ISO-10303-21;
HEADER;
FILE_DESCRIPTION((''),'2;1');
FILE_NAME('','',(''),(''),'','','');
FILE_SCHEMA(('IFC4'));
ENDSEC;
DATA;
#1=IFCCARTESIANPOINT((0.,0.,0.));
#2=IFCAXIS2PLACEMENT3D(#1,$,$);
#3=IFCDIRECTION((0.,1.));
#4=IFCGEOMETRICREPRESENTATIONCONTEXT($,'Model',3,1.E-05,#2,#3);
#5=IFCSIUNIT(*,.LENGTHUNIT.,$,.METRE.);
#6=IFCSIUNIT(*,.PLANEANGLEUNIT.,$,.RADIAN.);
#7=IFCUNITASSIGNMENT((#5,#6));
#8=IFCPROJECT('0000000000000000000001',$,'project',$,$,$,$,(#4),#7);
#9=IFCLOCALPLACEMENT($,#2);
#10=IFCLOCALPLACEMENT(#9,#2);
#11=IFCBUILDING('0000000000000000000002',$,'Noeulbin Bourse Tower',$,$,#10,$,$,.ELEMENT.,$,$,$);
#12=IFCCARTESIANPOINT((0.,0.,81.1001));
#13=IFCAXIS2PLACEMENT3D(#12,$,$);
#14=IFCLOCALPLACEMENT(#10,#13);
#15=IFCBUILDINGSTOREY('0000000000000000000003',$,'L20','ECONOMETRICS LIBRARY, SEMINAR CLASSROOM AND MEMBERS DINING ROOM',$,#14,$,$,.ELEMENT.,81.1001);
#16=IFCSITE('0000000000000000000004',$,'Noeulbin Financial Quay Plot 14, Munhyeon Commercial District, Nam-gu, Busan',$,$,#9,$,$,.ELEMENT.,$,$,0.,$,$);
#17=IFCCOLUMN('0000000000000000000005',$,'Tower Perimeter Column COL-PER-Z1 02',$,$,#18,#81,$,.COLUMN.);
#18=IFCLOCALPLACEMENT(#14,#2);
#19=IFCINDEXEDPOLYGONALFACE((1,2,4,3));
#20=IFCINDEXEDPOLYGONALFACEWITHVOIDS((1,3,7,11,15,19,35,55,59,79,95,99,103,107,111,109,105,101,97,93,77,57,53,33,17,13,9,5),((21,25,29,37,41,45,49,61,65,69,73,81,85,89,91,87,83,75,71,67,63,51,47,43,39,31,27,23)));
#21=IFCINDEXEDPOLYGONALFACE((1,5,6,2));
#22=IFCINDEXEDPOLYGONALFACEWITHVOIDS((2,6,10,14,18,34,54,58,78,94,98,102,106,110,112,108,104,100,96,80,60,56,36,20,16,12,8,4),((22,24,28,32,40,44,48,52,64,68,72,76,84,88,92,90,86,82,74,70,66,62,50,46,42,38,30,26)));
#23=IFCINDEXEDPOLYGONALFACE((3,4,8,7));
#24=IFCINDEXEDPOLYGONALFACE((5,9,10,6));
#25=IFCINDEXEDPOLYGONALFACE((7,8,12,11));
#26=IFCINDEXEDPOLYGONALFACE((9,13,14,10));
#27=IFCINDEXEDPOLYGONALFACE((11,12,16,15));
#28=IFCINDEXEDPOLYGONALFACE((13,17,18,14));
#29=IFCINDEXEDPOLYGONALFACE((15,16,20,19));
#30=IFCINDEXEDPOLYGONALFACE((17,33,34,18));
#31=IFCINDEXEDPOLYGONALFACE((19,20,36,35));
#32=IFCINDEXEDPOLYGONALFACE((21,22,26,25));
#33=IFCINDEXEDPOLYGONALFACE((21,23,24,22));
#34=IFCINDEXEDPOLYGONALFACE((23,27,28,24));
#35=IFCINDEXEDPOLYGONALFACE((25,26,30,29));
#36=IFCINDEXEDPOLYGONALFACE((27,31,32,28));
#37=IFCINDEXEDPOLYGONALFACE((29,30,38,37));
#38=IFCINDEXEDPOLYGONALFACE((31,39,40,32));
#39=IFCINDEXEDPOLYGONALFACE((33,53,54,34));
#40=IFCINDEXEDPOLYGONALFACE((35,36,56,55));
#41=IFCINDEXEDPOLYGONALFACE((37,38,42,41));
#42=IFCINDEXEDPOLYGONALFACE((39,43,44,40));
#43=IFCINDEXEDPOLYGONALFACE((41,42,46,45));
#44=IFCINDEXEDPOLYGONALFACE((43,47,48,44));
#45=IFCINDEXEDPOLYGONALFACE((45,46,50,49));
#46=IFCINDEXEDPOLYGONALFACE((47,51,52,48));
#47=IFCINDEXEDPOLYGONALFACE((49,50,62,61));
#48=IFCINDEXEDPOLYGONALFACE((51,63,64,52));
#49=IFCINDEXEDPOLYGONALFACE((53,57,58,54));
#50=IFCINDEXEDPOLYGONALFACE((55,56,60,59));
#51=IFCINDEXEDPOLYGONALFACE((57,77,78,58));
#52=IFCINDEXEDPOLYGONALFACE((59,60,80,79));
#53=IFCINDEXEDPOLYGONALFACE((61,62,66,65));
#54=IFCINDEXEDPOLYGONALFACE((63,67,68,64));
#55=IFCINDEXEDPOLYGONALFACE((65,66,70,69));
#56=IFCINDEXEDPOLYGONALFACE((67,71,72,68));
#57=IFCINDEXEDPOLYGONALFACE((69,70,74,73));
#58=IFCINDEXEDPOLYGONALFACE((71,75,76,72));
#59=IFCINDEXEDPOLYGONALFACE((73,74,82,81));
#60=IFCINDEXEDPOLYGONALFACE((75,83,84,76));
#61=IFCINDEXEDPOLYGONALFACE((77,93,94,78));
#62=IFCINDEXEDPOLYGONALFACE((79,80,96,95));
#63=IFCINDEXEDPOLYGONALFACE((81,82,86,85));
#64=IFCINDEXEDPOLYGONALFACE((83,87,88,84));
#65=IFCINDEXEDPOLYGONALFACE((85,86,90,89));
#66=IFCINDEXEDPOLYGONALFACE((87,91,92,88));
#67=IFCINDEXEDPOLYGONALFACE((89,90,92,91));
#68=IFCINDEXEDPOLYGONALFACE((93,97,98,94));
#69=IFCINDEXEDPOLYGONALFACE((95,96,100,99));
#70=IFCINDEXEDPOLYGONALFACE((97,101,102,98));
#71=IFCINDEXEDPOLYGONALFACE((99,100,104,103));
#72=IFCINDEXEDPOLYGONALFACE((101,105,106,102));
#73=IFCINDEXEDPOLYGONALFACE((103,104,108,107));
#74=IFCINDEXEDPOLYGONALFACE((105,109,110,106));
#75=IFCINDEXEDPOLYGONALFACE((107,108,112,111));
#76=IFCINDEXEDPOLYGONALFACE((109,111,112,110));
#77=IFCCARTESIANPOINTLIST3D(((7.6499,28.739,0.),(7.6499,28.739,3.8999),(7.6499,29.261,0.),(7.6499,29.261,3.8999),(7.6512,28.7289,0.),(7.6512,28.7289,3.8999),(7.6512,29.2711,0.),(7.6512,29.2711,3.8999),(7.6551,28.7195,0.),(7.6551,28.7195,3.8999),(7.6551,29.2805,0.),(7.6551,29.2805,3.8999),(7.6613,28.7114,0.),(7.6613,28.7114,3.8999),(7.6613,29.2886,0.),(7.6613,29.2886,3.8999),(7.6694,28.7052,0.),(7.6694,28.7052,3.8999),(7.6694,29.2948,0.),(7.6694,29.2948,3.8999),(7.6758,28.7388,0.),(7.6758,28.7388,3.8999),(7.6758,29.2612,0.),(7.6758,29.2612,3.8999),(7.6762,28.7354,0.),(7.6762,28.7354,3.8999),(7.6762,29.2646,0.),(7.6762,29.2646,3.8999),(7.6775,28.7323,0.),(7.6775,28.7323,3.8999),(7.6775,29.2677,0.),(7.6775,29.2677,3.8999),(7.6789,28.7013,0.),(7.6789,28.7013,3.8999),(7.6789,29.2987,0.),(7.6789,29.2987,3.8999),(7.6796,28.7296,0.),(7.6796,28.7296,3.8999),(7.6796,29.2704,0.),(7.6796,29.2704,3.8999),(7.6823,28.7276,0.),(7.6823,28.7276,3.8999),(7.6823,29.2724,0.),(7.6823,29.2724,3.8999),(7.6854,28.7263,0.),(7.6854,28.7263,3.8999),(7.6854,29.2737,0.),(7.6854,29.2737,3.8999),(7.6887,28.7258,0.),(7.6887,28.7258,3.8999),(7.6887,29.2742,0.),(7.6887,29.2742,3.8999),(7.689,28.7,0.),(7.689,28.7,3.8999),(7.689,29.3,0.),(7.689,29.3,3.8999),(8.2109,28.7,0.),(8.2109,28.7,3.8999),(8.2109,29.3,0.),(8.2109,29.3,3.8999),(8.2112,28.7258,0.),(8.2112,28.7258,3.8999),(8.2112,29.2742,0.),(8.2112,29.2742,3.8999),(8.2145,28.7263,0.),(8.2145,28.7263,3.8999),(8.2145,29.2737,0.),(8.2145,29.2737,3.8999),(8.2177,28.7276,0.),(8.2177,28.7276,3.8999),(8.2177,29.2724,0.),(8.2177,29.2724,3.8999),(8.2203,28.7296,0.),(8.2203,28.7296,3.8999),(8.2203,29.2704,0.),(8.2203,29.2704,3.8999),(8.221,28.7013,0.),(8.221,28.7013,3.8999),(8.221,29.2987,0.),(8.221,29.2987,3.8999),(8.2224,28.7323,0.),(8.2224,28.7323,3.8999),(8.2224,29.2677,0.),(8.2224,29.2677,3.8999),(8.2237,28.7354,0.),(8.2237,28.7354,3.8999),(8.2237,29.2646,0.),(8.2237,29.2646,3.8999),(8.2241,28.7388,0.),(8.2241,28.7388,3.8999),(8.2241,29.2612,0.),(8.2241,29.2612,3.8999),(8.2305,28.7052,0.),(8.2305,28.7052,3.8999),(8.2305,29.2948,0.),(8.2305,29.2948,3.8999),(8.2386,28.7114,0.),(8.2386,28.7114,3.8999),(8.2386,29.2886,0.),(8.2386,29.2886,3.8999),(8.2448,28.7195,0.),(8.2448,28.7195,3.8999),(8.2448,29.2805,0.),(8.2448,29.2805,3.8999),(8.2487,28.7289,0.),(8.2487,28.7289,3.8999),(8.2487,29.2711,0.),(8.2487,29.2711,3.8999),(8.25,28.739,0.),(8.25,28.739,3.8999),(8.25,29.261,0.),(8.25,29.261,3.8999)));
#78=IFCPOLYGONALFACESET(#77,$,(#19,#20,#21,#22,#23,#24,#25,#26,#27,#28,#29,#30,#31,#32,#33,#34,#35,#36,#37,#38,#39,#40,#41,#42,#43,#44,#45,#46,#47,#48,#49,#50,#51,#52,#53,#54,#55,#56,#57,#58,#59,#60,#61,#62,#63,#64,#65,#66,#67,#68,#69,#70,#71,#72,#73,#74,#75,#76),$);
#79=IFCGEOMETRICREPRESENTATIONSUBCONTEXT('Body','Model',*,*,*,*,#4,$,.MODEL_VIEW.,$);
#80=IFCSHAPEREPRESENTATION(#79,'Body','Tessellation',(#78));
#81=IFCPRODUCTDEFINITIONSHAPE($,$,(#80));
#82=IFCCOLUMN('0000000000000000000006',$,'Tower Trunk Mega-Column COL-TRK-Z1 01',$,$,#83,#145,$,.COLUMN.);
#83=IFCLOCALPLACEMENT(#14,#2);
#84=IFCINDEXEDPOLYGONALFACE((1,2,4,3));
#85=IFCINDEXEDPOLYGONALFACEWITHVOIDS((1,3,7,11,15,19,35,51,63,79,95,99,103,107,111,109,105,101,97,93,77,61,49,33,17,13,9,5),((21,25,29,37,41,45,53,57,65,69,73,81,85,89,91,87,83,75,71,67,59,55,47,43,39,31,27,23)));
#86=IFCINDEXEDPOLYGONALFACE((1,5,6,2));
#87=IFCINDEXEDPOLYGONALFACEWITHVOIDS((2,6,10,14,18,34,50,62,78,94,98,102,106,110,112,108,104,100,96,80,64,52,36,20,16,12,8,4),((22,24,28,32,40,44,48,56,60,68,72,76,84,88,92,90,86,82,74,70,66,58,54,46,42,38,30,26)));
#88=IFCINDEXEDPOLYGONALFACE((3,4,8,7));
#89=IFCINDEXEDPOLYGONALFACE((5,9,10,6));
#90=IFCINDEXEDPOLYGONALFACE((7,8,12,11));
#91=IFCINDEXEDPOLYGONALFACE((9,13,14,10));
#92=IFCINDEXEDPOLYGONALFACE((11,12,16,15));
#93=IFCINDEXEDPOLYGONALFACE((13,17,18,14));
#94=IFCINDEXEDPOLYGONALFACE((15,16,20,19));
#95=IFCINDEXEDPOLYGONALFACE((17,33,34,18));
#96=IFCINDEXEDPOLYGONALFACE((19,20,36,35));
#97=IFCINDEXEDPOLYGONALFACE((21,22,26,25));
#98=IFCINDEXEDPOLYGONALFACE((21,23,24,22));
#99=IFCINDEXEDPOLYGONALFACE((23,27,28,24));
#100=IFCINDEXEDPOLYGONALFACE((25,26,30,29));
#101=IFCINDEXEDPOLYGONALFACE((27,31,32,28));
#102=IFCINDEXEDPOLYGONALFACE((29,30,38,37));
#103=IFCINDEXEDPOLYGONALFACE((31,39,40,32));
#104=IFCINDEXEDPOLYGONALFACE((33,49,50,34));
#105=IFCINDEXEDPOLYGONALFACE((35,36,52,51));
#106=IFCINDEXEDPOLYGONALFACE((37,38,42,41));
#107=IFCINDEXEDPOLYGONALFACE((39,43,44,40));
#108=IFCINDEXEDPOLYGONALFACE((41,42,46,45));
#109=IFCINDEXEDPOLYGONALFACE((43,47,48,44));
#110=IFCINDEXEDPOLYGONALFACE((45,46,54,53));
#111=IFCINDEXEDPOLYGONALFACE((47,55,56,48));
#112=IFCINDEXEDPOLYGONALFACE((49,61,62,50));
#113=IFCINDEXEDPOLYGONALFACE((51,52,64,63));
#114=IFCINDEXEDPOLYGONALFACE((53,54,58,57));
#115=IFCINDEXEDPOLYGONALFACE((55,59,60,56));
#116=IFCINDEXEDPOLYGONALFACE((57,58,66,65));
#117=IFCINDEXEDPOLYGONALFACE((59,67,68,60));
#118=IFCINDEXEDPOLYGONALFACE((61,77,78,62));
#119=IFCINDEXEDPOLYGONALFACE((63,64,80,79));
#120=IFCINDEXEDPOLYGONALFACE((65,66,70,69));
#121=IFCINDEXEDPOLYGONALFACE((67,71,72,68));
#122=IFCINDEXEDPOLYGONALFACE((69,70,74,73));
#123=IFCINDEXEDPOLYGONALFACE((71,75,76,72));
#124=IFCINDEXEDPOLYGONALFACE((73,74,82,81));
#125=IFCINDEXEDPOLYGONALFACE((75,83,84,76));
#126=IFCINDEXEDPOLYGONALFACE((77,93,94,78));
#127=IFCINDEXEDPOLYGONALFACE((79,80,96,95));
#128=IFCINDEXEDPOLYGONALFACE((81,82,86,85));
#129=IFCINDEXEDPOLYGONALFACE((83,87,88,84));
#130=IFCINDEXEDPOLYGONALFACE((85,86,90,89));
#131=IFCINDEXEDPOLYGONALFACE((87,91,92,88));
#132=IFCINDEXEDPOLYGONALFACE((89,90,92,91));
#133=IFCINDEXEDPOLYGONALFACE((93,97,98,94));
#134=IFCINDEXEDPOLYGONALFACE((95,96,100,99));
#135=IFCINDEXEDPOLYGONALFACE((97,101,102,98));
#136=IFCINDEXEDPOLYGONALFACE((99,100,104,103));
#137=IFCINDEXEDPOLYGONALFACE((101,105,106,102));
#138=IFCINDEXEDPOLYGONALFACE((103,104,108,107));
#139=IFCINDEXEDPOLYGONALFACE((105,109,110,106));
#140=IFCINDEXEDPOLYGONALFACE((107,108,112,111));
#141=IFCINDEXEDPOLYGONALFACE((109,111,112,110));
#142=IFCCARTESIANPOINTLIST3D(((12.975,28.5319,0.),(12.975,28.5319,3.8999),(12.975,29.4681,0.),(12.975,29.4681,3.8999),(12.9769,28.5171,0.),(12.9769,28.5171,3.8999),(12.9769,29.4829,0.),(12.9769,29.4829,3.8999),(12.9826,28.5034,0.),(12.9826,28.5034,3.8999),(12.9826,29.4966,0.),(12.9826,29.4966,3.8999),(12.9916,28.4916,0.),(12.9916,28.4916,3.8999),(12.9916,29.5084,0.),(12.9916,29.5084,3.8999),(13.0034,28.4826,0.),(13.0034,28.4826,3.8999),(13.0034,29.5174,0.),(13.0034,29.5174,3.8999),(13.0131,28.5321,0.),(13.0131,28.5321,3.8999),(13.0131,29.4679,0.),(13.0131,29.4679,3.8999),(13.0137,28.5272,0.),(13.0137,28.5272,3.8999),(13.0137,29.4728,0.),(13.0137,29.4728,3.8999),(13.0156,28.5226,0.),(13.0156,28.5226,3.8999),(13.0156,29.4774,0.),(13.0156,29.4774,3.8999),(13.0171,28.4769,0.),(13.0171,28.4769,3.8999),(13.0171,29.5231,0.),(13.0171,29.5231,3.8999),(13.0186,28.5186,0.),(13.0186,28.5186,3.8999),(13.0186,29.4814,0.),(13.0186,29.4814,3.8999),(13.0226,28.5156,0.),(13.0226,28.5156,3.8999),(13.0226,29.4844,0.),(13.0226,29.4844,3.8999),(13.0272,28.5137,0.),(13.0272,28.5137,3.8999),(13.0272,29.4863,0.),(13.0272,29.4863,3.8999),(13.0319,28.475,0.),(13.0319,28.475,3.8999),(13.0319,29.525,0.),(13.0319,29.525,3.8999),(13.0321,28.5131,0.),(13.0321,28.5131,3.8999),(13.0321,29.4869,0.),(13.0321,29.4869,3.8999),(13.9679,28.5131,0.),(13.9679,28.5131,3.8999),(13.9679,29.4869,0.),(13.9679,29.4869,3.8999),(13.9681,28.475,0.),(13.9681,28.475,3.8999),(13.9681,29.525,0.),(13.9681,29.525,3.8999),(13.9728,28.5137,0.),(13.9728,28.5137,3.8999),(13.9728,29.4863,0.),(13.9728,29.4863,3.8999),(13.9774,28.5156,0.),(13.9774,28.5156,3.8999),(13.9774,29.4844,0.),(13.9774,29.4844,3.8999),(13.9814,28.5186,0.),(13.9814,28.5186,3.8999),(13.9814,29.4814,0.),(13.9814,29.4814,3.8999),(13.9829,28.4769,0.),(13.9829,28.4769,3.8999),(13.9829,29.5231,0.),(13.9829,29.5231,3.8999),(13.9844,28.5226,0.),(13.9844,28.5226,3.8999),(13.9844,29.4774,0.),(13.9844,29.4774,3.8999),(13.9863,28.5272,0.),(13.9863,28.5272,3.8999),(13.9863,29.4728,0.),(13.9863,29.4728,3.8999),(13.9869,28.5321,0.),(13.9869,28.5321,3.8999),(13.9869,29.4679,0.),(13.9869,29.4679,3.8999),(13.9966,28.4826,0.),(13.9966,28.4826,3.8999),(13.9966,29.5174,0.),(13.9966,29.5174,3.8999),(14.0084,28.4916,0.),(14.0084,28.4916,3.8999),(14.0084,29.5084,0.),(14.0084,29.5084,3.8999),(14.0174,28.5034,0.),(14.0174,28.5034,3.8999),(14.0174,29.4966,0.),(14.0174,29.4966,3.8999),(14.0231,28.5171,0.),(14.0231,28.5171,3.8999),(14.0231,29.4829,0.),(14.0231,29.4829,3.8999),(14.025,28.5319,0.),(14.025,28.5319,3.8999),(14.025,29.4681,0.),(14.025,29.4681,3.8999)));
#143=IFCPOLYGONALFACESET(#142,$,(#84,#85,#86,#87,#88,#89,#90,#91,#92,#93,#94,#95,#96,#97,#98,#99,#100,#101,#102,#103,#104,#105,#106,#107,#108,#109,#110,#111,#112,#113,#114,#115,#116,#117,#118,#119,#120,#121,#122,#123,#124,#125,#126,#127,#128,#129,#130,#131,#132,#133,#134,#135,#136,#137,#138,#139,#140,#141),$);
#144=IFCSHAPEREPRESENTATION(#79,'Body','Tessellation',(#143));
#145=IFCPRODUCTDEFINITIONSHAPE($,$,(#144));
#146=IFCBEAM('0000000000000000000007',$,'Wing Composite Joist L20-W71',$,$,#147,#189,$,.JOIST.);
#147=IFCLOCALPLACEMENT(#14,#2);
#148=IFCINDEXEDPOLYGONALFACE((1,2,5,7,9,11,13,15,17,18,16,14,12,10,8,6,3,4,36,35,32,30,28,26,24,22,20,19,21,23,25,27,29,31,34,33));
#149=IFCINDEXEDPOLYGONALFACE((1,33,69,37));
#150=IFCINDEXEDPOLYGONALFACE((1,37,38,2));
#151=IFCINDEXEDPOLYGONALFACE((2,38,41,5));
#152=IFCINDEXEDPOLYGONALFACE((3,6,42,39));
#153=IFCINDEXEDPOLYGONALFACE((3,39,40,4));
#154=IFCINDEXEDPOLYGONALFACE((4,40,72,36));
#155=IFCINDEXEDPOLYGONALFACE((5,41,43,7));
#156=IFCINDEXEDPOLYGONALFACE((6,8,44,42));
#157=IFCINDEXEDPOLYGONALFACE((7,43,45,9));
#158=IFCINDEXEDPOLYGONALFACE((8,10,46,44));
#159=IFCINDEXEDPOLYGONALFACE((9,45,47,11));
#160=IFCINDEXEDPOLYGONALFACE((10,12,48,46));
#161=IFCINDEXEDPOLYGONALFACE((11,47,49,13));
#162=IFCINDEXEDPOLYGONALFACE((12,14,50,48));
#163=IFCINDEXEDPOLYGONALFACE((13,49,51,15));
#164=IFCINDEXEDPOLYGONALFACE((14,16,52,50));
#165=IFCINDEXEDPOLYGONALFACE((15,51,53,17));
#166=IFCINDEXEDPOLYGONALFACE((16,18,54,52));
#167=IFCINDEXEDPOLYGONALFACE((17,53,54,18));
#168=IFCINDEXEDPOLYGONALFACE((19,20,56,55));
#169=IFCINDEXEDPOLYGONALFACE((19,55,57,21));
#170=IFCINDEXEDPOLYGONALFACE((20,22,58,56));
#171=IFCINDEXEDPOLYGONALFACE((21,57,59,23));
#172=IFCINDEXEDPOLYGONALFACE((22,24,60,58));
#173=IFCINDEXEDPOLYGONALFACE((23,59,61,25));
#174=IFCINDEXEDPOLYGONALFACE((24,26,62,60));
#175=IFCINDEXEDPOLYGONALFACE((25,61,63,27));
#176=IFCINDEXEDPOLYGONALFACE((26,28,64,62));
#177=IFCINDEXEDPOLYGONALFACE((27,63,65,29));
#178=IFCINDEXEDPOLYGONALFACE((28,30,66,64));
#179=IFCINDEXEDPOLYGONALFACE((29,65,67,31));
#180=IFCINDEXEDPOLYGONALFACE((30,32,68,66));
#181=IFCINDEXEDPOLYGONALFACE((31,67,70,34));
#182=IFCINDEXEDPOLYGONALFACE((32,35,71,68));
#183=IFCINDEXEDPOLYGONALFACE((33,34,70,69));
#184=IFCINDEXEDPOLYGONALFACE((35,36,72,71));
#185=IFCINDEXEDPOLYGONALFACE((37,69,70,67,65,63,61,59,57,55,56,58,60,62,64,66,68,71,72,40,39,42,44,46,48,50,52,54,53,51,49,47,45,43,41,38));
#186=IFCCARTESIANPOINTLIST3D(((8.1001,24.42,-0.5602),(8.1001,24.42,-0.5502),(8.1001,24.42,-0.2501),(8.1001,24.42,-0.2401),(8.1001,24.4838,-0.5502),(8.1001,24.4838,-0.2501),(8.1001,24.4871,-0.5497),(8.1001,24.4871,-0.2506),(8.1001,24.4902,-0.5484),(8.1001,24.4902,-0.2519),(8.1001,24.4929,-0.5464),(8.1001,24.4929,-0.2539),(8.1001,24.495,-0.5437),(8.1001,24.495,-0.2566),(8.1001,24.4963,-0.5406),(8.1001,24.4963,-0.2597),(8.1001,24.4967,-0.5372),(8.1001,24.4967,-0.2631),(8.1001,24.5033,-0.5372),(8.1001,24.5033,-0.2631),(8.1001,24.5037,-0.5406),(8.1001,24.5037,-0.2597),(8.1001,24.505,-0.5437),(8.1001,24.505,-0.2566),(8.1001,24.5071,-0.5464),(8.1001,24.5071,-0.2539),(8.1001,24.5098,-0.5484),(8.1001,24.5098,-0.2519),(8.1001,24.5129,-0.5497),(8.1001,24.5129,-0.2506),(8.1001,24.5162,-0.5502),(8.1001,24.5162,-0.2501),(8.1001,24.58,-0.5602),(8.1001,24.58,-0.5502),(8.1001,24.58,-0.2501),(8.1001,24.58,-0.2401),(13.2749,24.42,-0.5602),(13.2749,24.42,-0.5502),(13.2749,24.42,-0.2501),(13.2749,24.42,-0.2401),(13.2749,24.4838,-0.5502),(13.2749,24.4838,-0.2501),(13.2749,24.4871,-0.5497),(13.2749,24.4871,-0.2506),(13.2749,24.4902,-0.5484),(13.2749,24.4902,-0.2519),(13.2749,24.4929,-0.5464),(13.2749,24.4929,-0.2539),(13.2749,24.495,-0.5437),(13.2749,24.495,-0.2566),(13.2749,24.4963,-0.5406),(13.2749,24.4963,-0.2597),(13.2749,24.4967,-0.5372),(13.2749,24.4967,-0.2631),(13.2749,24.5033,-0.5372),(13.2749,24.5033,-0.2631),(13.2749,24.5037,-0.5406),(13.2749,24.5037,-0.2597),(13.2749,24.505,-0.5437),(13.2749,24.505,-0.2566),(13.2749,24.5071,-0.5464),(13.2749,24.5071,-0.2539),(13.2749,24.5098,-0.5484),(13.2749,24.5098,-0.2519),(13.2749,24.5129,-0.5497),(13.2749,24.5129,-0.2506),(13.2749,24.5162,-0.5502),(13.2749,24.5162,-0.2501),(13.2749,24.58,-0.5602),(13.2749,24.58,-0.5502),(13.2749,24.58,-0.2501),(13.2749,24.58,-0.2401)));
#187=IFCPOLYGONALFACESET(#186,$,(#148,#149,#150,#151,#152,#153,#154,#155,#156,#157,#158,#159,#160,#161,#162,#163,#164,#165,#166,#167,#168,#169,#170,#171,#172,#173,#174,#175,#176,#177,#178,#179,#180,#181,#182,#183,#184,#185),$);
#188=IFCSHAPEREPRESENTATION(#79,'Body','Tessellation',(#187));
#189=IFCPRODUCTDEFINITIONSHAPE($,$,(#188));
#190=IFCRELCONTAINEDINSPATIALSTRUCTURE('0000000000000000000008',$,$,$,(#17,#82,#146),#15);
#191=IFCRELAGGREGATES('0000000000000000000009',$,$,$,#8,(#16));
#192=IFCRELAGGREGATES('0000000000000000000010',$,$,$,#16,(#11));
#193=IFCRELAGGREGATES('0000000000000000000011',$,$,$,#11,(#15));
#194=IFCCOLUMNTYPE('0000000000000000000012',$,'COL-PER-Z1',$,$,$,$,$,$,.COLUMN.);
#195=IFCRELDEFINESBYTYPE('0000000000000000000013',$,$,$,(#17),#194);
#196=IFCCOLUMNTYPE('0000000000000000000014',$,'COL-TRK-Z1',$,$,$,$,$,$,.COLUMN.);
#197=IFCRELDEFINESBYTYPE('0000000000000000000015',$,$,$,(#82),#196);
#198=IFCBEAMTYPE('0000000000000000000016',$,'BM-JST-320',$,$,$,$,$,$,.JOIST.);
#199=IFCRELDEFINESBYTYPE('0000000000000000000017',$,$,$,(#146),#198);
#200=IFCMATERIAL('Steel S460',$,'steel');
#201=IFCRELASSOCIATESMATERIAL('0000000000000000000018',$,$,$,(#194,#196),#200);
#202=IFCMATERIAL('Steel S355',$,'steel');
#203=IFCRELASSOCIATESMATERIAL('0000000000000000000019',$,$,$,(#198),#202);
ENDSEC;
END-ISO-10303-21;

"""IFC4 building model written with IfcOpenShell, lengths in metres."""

from ifc_helpers import new_model, si_unit, direction, frame, origin, origin_2d, place, context, subcontext, project, spatial, hollow_rectangle, i_section, extrude, material, material_profile, profile_set, type_object, element, save


model = new_model("IFC4")

# Units and contexts
model_context = context("Model", 3, precision=1e-05, world=origin(), true_north=direction((0.0, 1.0)))
body_context = subcontext(model_context, "Body", "Model", "MODEL_VIEW")
ifc_project = project(units=[si_unit("LENGTHUNIT", "METRE"), si_unit("PLANEANGLEUNIT", "RADIAN")], contexts=[model_context])

# Site, building, storey
site_placement = place(None, origin())
site = spatial("IfcSite", under=ifc_project, at=site_placement, Name="Noeulbin Financial Quay Plot 14, Munhyeon Commercial District, Nam-gu, Busan", CompositionType="ELEMENT", RefElevation=0.0)
building_placement = place(site_placement, origin())
building = spatial("IfcBuilding", under=site, at=building_placement, Name="Noeulbin Bourse Tower", CompositionType="ELEMENT")
storey_placement = place(building_placement, frame((0.0, 0.0, 81.1001)))
storey = spatial("IfcBuildingStorey", under=building, at=storey_placement, Name="L20", Description="ECONOMETRICS LIBRARY, SEMINAR CLASSROOM AND MEMBERS DINING ROOM", CompositionType="ELEMENT", Elevation=81.1001)

# Columns
ifc_material_1 = material(Name="Steel S460", Category="steel")
ifc_material_profile_1 = material_profile(ifc_material_1, hollow_rectangle(XDim=0.6001, YDim=0.6001, WallThickness=0.0259, InnerFilletRadius=0.0129, OuterFilletRadius=0.0391, at=origin_2d()), Name="BOX-600x600x26", Category="LoadBearing")
ifc_profile_set_1 = profile_set([ifc_material_profile_1], Name="Steel S460")
column_type_1 = type_object("IfcColumnType", Name="COL-PER-Z1", PredefinedType="COLUMN", material=ifc_profile_set_1)
column_1_placement = place(storey_placement, frame((7.95, 29.0, 0.0), z_axis=(0.0, 0.0, 1.0), x_axis=(1.0, 0.0, 0.0)))
element("IfcColumn", 1, at=column_1_placement, inside=storey, type_object=column_type_1, Name="Tower Perimeter Column COL-PER-Z1 02", PredefinedType="COLUMN", context=body_context, shape_type="SweptSolid", body=[
    extrude(hollow_rectangle(XDim=0.6001, YDim=0.6001, WallThickness=0.0259, InnerFilletRadius=0.0129, OuterFilletRadius=0.0391, at=origin_2d()), origin(), (0.0, 0.0, 1.0), 3.8999),
])
ifc_material_profile_2 = material_profile(ifc_material_1, hollow_rectangle(XDim=1.05, YDim=1.05, WallThickness=0.0381, InnerFilletRadius=0.019, OuterFilletRadius=0.0569, at=origin_2d()), Name="BOX-1050x1050x38", Category="LoadBearing")
ifc_profile_set_2 = profile_set([ifc_material_profile_2], Name="Steel S460")
column_type_2 = type_object("IfcColumnType", Name="COL-TRK-Z1", PredefinedType="COLUMN", material=ifc_profile_set_2)
column_2_placement = place(storey_placement, frame((13.5, 29.0, 0.0), z_axis=(0.0, 0.0, 1.0), x_axis=(1.0, 0.0, 0.0)))
element("IfcColumn", 2, at=column_2_placement, inside=storey, type_object=column_type_2, Name="Tower Trunk Mega-Column COL-TRK-Z1 01", PredefinedType="COLUMN", context=body_context, shape_type="SweptSolid", body=[
    extrude(hollow_rectangle(XDim=1.05, YDim=1.05, WallThickness=0.0381, InnerFilletRadius=0.019, OuterFilletRadius=0.0569, at=origin_2d()), origin(), (0.0, 0.0, 1.0), 3.8999),
])

# Beam
ifc_material_2 = material(Name="Steel S355", Category="steel")
ifc_material_profile_3 = material_profile(ifc_material_2, i_section(OverallWidth=0.1599, OverallDepth=0.3201, WebThickness=0.0066, FlangeThickness=0.01, FilletRadius=0.0129, at=origin_2d()), Name="H-320x160x6.5x10", Category="LoadBearing")
ifc_profile_set_3 = profile_set([ifc_material_profile_3], Name="Steel S355")
beam_type_1 = type_object("IfcBeamType", Name="BM-JST-320", PredefinedType="JOIST", material=ifc_profile_set_3)
for number, where, z_axis, x_axis, name in (
    (3, (8.1001, 24.5, -0.4001), (1.0, 0.0, 0.0), (0.0, 1.0, 0.0), "Wing Composite Joist L20-W71"),
):
    element("IfcBeam", number, at=place(storey_placement, frame(where, z_axis=z_axis, x_axis=x_axis)), inside=storey, type_object=beam_type_1, Name=name, PredefinedType="JOIST", context=body_context, shape_type="SweptSolid", body=[
        extrude(i_section(OverallWidth=0.1599, OverallDepth=0.3201, WebThickness=0.0066, FlangeThickness=0.01, FilletRadius=0.0129, at=origin_2d()), origin(), (0.0, 0.0, 1.0), 5.1748),
    ])

save(model, "model.ifc")
